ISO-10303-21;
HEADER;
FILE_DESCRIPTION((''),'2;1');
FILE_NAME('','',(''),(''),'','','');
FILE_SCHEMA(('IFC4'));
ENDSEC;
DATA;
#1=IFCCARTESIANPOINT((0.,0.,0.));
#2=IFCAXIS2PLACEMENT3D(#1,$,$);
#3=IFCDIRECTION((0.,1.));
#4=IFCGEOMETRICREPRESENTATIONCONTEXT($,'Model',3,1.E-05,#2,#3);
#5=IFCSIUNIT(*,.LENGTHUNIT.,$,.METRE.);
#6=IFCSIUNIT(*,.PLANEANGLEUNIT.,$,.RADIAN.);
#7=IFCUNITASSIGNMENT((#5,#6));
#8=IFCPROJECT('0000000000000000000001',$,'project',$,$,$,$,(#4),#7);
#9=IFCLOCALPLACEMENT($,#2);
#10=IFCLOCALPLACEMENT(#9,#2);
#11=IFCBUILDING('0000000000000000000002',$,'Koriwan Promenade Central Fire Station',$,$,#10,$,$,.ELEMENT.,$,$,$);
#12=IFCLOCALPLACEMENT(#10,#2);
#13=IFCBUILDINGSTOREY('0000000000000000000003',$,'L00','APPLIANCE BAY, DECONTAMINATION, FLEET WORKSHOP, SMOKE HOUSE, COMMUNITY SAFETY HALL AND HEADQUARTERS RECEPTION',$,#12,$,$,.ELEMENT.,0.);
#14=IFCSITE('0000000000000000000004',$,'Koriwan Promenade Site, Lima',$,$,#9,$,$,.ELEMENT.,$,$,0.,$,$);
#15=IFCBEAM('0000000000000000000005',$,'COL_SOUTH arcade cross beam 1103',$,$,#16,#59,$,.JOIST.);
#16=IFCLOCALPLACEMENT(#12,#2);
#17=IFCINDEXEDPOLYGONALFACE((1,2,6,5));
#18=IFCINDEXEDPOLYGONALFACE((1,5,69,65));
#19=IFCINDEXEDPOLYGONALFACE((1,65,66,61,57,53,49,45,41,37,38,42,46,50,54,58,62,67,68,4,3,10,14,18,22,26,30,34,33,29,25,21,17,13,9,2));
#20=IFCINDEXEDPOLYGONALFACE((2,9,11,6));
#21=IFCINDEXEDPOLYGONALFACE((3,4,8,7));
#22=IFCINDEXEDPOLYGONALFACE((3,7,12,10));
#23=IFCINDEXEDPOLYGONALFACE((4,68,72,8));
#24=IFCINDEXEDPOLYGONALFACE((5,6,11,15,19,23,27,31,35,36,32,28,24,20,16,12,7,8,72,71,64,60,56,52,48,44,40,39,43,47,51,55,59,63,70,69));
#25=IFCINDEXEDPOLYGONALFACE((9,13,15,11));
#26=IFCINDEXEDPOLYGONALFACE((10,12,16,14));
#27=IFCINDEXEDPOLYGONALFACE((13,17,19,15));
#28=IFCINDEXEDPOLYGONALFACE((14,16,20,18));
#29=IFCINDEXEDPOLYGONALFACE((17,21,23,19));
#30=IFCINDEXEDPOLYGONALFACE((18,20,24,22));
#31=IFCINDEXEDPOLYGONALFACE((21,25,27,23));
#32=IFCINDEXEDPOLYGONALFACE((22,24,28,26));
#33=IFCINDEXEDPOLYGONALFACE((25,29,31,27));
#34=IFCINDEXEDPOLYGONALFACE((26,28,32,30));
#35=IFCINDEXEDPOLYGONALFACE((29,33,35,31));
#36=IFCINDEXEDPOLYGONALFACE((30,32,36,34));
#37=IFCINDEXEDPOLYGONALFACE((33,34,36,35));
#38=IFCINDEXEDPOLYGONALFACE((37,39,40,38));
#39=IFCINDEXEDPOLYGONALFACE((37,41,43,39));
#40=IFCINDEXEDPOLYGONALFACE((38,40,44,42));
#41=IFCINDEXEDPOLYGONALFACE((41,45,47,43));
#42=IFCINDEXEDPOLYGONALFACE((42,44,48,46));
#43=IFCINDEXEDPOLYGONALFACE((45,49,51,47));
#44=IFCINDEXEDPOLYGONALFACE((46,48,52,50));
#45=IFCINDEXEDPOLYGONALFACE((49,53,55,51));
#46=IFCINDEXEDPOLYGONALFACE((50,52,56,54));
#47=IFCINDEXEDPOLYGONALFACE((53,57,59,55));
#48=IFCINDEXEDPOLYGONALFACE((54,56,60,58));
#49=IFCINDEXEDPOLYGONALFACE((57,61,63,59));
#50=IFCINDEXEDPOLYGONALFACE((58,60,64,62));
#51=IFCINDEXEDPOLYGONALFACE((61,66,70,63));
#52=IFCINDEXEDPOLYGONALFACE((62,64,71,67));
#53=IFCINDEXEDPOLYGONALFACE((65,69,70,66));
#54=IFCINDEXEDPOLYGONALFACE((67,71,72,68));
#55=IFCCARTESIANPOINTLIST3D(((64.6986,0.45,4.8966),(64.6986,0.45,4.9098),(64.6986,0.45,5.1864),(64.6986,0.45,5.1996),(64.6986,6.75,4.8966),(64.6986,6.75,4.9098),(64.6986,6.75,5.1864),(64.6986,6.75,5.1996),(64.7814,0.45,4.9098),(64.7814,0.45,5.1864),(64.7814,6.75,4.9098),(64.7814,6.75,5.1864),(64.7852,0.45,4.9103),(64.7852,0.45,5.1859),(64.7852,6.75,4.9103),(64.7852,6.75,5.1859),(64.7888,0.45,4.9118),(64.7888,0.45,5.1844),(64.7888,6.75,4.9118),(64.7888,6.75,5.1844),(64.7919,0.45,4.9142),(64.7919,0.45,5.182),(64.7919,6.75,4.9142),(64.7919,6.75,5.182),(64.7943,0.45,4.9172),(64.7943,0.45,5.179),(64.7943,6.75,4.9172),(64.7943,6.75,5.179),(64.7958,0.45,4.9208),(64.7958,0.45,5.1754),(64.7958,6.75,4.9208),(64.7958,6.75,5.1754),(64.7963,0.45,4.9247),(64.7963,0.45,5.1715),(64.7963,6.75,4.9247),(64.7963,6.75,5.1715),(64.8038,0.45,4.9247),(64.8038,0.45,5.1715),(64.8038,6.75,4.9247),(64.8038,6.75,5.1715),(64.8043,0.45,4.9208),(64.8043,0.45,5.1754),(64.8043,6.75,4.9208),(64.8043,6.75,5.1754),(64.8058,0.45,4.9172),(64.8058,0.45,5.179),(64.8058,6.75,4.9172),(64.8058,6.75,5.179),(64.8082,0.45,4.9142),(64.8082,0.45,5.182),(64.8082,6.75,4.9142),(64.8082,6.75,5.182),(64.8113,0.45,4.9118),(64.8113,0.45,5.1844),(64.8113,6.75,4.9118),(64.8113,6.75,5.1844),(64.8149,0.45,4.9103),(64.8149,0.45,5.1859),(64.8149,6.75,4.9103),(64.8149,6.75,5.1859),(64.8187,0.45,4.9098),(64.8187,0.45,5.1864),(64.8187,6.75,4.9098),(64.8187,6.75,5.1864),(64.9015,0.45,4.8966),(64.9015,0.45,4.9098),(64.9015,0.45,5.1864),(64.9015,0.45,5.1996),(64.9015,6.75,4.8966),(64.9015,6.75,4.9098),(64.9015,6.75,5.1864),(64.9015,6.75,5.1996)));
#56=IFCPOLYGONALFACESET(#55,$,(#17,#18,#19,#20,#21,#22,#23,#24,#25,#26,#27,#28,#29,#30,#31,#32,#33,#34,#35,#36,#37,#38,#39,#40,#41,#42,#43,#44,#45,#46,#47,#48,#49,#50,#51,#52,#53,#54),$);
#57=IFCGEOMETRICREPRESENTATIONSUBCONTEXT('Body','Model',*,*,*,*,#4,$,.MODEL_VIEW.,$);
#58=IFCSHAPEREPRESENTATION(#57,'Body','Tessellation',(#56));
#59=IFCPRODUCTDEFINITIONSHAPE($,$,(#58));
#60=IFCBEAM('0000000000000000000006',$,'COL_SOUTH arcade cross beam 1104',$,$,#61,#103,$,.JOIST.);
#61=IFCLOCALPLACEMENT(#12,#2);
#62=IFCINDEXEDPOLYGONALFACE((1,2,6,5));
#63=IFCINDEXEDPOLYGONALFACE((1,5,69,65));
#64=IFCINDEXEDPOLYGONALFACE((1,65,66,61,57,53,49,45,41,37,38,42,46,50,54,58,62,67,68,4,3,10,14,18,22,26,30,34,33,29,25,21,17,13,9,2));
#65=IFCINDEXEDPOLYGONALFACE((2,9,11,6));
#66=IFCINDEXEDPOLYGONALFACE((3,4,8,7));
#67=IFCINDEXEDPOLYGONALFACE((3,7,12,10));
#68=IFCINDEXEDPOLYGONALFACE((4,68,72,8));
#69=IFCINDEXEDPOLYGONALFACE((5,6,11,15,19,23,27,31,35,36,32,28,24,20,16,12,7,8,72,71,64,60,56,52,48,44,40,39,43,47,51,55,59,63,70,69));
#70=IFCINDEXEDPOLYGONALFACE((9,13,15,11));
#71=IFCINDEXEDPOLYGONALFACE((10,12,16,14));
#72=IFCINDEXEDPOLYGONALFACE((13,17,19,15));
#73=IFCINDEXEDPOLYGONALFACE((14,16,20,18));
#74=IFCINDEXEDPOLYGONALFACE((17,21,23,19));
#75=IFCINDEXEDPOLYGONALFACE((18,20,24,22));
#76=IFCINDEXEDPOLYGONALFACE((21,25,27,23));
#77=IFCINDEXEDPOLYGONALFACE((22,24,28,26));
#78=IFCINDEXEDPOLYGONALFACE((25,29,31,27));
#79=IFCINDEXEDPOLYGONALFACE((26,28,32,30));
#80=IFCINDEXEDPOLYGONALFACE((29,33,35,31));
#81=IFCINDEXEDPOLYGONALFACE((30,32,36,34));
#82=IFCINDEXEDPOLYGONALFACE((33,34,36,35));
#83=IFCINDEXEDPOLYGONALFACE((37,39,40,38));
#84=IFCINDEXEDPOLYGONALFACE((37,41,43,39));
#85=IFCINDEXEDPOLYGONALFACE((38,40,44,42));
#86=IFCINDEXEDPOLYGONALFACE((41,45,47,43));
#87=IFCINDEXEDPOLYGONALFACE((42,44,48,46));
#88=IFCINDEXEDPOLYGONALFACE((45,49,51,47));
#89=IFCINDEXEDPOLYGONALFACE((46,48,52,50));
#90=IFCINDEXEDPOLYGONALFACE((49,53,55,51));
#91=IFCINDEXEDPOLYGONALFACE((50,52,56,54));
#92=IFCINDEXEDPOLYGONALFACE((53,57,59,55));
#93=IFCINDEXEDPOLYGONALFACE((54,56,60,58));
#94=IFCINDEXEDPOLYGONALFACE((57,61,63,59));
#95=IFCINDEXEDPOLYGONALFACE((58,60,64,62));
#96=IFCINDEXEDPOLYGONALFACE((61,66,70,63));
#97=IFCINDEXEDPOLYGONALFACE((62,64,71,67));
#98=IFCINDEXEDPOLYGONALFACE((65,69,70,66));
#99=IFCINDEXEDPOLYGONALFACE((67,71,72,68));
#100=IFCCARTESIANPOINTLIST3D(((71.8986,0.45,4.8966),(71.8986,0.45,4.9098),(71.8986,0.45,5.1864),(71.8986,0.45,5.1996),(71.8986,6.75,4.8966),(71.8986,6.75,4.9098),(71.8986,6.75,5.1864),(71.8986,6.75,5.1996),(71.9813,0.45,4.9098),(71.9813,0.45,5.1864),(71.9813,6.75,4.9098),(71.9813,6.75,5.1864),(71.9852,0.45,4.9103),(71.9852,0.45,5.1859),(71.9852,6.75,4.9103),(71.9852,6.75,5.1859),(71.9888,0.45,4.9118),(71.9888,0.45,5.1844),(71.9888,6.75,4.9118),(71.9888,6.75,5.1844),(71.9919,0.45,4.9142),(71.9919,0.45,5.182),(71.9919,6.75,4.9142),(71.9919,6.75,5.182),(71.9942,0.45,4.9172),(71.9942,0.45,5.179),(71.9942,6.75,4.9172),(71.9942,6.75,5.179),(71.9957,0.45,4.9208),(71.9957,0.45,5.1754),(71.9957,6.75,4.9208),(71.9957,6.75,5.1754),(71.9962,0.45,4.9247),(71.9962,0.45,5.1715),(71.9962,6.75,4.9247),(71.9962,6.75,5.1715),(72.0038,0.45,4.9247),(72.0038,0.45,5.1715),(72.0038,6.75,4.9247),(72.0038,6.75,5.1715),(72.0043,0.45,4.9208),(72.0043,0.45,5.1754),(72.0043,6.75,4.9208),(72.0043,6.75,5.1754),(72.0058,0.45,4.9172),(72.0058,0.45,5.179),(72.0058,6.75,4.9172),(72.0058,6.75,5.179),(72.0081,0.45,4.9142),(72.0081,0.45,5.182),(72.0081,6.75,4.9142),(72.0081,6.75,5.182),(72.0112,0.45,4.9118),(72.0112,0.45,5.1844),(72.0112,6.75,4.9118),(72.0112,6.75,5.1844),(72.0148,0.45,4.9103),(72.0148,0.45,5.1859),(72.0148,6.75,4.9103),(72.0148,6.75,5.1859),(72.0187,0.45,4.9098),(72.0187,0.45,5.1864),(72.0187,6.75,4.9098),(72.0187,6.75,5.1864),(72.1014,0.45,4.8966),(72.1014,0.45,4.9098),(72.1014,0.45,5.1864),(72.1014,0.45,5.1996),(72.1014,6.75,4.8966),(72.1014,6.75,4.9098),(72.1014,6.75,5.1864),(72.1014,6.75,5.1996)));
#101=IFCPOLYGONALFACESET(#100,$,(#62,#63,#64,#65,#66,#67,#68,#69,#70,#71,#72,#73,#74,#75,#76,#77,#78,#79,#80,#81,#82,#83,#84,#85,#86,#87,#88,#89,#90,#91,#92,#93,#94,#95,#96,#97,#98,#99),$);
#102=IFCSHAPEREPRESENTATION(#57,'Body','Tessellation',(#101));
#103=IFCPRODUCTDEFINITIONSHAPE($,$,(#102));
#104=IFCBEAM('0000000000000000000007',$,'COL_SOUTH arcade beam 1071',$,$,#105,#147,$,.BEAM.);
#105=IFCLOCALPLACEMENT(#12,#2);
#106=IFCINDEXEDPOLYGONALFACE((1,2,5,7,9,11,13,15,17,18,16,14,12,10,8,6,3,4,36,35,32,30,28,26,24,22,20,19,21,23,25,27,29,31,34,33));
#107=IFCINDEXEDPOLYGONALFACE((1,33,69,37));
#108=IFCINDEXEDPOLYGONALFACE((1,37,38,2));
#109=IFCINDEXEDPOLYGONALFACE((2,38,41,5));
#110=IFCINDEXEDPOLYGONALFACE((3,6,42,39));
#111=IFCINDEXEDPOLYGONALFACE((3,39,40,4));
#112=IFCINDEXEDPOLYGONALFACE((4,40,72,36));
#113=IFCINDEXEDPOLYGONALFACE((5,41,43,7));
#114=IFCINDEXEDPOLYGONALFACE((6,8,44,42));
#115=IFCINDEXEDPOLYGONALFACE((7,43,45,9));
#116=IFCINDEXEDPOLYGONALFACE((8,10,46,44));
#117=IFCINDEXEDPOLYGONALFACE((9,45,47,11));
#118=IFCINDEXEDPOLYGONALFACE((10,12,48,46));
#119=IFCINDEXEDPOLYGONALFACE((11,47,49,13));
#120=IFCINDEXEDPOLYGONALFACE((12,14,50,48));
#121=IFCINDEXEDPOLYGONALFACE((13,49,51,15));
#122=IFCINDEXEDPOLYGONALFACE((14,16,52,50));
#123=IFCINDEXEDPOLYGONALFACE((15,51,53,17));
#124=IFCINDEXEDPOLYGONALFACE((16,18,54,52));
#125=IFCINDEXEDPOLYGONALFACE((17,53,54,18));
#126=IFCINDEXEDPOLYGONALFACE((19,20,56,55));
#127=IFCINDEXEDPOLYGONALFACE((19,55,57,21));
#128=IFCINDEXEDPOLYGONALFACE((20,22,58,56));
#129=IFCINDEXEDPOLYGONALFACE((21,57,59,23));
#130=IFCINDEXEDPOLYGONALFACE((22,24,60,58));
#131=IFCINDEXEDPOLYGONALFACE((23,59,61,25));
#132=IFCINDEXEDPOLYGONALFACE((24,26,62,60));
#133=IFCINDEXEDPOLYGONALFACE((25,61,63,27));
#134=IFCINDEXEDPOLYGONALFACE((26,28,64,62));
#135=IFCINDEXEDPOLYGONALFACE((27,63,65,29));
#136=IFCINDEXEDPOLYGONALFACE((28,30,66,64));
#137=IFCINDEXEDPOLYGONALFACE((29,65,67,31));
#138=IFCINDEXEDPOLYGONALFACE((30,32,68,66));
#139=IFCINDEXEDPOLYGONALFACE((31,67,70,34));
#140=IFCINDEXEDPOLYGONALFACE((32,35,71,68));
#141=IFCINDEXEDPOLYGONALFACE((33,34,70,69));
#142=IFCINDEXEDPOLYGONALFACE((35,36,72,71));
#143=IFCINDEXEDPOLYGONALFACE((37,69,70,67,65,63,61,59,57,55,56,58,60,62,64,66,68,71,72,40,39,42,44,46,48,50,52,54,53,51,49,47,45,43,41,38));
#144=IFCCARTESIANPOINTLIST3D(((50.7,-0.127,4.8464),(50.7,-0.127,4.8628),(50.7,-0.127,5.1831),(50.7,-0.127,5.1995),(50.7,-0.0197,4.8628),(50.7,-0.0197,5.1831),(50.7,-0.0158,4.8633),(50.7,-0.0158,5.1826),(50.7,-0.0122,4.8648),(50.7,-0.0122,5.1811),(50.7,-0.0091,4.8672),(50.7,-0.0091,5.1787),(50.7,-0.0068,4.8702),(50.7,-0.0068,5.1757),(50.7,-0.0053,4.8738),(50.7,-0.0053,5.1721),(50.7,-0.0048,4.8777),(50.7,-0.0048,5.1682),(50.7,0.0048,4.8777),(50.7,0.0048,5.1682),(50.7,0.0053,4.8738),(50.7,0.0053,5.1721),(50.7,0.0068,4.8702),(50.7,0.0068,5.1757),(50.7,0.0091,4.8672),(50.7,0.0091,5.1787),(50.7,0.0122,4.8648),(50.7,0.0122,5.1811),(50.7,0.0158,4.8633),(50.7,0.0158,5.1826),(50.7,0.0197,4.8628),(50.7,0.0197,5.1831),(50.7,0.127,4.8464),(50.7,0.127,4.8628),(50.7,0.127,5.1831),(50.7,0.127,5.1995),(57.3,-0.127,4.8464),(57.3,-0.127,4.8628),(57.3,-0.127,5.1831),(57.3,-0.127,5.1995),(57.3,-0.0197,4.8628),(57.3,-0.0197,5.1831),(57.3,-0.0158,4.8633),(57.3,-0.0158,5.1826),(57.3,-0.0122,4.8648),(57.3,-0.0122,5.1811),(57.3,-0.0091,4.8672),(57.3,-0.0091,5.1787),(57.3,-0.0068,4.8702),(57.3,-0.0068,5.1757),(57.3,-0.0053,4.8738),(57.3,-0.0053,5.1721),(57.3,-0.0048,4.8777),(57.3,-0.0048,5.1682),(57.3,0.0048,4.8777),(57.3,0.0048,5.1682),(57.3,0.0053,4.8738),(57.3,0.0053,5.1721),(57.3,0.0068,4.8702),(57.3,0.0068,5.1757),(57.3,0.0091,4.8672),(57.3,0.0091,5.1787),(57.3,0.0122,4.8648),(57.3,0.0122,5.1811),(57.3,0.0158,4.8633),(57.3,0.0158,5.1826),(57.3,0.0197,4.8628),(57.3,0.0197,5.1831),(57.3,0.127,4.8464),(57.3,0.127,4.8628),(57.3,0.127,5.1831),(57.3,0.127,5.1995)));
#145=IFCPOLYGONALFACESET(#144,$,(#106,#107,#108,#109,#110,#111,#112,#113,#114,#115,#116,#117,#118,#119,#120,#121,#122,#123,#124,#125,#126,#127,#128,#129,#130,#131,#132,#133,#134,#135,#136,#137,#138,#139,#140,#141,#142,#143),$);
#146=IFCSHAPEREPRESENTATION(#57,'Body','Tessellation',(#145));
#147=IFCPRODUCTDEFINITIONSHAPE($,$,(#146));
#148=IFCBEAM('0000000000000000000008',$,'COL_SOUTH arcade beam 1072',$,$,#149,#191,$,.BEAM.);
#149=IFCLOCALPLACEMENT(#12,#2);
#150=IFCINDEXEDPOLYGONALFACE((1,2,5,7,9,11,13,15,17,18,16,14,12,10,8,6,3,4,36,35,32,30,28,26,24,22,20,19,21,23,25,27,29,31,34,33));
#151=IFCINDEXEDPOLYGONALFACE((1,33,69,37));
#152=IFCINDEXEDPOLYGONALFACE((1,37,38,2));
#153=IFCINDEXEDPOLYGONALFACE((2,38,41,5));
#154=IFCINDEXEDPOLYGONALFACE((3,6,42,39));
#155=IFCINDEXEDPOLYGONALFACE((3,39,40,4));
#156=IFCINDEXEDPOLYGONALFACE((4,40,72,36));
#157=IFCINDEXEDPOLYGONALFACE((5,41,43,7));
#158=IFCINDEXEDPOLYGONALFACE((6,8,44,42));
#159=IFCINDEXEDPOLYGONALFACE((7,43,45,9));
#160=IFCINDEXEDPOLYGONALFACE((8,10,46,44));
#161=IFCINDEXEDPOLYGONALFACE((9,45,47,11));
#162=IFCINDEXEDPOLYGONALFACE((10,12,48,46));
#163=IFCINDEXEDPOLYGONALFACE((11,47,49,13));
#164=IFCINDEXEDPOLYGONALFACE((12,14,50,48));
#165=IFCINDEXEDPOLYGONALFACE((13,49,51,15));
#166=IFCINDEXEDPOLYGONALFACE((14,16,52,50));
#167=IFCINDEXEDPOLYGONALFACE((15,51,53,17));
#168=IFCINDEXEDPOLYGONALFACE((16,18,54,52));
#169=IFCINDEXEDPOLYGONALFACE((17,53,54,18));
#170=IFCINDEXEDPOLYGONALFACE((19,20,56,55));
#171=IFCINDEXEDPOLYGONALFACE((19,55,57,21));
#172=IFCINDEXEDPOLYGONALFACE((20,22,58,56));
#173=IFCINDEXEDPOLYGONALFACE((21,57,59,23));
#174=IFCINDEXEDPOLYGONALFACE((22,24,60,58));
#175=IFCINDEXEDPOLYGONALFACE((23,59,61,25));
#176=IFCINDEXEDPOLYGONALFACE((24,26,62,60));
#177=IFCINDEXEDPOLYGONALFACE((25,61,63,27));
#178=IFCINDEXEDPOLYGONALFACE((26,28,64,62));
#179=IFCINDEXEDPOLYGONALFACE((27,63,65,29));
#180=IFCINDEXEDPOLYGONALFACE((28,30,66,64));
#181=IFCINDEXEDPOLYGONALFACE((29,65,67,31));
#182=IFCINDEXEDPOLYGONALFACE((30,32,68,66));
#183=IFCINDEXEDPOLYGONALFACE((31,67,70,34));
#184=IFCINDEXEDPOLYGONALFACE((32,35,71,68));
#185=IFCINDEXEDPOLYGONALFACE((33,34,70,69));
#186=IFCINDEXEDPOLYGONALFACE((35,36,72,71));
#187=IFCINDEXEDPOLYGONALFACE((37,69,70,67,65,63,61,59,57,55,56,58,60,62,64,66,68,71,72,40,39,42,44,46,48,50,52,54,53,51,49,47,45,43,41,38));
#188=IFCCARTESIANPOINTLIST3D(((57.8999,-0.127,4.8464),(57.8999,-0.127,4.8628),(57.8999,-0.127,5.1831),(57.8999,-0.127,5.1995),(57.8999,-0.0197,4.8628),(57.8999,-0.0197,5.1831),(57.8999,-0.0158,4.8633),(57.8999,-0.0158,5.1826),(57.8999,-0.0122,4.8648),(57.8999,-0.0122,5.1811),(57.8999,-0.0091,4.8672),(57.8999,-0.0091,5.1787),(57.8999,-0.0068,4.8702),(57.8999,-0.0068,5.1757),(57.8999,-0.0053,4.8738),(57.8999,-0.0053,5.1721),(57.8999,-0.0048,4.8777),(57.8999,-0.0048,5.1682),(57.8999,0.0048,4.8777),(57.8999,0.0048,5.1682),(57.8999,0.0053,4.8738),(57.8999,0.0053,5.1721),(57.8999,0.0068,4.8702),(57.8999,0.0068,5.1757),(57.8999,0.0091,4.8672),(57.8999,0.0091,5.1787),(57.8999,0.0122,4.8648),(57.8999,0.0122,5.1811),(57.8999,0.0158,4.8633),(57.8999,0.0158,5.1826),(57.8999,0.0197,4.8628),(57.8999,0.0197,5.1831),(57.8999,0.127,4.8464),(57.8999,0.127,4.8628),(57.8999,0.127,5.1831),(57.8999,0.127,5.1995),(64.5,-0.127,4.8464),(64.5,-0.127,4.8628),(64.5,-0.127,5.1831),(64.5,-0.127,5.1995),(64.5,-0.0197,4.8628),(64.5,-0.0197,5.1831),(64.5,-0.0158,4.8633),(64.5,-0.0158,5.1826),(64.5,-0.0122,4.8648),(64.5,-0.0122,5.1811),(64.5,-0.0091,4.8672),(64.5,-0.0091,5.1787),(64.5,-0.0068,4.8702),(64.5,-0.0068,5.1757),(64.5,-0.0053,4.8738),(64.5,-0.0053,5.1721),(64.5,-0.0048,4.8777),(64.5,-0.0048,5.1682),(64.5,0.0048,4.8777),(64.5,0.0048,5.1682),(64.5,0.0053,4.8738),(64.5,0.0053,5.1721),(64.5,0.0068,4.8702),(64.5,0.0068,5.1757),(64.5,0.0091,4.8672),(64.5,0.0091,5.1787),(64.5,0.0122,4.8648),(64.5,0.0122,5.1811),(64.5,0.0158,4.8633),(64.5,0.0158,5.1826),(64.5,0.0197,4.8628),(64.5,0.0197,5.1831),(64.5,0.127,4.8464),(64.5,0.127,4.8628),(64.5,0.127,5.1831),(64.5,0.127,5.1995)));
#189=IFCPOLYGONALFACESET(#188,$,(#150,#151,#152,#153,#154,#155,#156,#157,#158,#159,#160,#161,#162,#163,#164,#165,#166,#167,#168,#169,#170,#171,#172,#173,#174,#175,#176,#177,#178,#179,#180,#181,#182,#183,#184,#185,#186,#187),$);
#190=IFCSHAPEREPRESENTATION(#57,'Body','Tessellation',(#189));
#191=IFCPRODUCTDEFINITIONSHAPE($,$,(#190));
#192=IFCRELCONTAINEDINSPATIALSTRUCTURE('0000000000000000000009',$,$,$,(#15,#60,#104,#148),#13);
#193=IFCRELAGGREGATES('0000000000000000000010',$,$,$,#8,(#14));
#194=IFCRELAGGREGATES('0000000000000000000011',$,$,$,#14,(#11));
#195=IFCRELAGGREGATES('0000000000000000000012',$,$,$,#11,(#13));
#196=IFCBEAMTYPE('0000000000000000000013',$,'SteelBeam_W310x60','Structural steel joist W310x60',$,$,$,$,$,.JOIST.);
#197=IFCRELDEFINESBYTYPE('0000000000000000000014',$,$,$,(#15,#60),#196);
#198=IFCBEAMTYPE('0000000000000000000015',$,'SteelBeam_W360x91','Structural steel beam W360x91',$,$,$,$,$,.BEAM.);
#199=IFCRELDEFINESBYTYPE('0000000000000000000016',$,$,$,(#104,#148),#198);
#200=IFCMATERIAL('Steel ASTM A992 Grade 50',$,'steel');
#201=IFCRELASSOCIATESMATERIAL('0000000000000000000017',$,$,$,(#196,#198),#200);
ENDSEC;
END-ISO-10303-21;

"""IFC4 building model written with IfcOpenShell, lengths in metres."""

from ifc_helpers import new_model, si_unit, direction, frame, origin, origin_2d, place, context, subcontext, project, spatial, i_section, extrude, material, material_profile, profile_set, type_object, element, save


model = new_model("IFC4")

# Units and contexts
model_context = context("Model", 3, precision=1e-05, world=origin(), true_north=direction((0.0, 1.0)))
body_context = subcontext(model_context, "Body", "Model", "MODEL_VIEW")
ifc_project = project(units=[si_unit("LENGTHUNIT", "METRE"), si_unit("PLANEANGLEUNIT", "RADIAN")], contexts=[model_context])

# Site, building, storey
site_placement = place(None, origin())
site = spatial("IfcSite", under=ifc_project, at=site_placement, Name="Koriwan Promenade Site, Lima", CompositionType="ELEMENT", RefElevation=0.0)
building_placement = place(site_placement, origin())
building = spatial("IfcBuilding", under=site, at=building_placement, Name="Koriwan Promenade Central Fire Station", CompositionType="ELEMENT")
storey_placement = place(building_placement, origin())
storey = spatial("IfcBuildingStorey", under=building, at=storey_placement, Name="L00", Description="APPLIANCE BAY, DECONTAMINATION, FLEET WORKSHOP, SMOKE HOUSE, COMMUNITY SAFETY HALL AND HEADQUARTERS RECEPTION", CompositionType="ELEMENT", Elevation=0.0)

# Beams
ifc_material_1 = material(Name="Steel ASTM A992 Grade 50", Category="steel")
ifc_material_profile_1 = material_profile(ifc_material_1, i_section(OverallWidth=0.2029, OverallDepth=0.303, WebThickness=0.0076, FlangeThickness=0.0132, FilletRadius=0.0149, at=origin_2d()), Name="W310x60")
ifc_profile_set_1 = profile_set([ifc_material_profile_1], Name="Steel ASTM A992 Grade 50")
beam_type_1 = type_object("IfcBeamType", Name="SteelBeam_W310x60", Description="Structural steel joist W310x60", PredefinedType="JOIST", material=ifc_profile_set_1)
for number, where, z_axis, x_axis, name in (
    (1, (64.8, 0.45, 5.0481), (0.0, 1.0, 0.0), (-1.0, 0.0, 0.0), "COL_SOUTH arcade cross beam 1103"),
    (2, (72.0, 0.45, 5.0481), (0.0, 1.0, 0.0), (-1.0, 0.0, 0.0), "COL_SOUTH arcade cross beam 1104"),
):
    element("IfcBeam", number, at=place(storey_placement, frame(where, z_axis=z_axis, x_axis=x_axis)), inside=storey, type_object=beam_type_1, Name=name, PredefinedType="JOIST", context=body_context, shape_type="SweptSolid", body=[
        extrude(i_section(OverallWidth=0.2029, OverallDepth=0.303, WebThickness=0.0076, FlangeThickness=0.0132, FilletRadius=0.0149, at=origin_2d()), origin(), (0.0, 0.0, 1.0), 6.3),
    ])
ifc_material_profile_2 = material_profile(ifc_material_1, i_section(OverallWidth=0.2539, OverallDepth=0.353, WebThickness=0.0095, FlangeThickness=0.0164, FilletRadius=0.0149, at=origin_2d()), Name="W360x91")
ifc_profile_set_2 = profile_set([ifc_material_profile_2], Name="Steel ASTM A992 Grade 50")
beam_type_2 = type_object("IfcBeamType", Name="SteelBeam_W360x91", Description="Structural steel beam W360x91", PredefinedType="BEAM", material=ifc_profile_set_2)
for number, where, z_axis, x_axis, name in (
    (3, (50.7, 0.0, 5.0229), (1.0, 0.0, 0.0), (0.0, 1.0, 0.0), "COL_SOUTH arcade beam 1071"),
    (4, (57.8999, 0.0, 5.0229), (1.0, 0.0, 0.0), (0.0, 1.0, 0.0), "COL_SOUTH arcade beam 1072"),
):
    element("IfcBeam", number, at=place(storey_placement, frame(where, z_axis=z_axis, x_axis=x_axis)), inside=storey, type_object=beam_type_2, Name=name, PredefinedType="BEAM", context=body_context, shape_type="SweptSolid", body=[
        extrude(i_section(OverallWidth=0.2539, OverallDepth=0.353, WebThickness=0.0095, FlangeThickness=0.0164, FilletRadius=0.0149, at=origin_2d()), origin(), (0.0, 0.0, 1.0), 6.6001),
    ])

save(model, "model.ifc")
